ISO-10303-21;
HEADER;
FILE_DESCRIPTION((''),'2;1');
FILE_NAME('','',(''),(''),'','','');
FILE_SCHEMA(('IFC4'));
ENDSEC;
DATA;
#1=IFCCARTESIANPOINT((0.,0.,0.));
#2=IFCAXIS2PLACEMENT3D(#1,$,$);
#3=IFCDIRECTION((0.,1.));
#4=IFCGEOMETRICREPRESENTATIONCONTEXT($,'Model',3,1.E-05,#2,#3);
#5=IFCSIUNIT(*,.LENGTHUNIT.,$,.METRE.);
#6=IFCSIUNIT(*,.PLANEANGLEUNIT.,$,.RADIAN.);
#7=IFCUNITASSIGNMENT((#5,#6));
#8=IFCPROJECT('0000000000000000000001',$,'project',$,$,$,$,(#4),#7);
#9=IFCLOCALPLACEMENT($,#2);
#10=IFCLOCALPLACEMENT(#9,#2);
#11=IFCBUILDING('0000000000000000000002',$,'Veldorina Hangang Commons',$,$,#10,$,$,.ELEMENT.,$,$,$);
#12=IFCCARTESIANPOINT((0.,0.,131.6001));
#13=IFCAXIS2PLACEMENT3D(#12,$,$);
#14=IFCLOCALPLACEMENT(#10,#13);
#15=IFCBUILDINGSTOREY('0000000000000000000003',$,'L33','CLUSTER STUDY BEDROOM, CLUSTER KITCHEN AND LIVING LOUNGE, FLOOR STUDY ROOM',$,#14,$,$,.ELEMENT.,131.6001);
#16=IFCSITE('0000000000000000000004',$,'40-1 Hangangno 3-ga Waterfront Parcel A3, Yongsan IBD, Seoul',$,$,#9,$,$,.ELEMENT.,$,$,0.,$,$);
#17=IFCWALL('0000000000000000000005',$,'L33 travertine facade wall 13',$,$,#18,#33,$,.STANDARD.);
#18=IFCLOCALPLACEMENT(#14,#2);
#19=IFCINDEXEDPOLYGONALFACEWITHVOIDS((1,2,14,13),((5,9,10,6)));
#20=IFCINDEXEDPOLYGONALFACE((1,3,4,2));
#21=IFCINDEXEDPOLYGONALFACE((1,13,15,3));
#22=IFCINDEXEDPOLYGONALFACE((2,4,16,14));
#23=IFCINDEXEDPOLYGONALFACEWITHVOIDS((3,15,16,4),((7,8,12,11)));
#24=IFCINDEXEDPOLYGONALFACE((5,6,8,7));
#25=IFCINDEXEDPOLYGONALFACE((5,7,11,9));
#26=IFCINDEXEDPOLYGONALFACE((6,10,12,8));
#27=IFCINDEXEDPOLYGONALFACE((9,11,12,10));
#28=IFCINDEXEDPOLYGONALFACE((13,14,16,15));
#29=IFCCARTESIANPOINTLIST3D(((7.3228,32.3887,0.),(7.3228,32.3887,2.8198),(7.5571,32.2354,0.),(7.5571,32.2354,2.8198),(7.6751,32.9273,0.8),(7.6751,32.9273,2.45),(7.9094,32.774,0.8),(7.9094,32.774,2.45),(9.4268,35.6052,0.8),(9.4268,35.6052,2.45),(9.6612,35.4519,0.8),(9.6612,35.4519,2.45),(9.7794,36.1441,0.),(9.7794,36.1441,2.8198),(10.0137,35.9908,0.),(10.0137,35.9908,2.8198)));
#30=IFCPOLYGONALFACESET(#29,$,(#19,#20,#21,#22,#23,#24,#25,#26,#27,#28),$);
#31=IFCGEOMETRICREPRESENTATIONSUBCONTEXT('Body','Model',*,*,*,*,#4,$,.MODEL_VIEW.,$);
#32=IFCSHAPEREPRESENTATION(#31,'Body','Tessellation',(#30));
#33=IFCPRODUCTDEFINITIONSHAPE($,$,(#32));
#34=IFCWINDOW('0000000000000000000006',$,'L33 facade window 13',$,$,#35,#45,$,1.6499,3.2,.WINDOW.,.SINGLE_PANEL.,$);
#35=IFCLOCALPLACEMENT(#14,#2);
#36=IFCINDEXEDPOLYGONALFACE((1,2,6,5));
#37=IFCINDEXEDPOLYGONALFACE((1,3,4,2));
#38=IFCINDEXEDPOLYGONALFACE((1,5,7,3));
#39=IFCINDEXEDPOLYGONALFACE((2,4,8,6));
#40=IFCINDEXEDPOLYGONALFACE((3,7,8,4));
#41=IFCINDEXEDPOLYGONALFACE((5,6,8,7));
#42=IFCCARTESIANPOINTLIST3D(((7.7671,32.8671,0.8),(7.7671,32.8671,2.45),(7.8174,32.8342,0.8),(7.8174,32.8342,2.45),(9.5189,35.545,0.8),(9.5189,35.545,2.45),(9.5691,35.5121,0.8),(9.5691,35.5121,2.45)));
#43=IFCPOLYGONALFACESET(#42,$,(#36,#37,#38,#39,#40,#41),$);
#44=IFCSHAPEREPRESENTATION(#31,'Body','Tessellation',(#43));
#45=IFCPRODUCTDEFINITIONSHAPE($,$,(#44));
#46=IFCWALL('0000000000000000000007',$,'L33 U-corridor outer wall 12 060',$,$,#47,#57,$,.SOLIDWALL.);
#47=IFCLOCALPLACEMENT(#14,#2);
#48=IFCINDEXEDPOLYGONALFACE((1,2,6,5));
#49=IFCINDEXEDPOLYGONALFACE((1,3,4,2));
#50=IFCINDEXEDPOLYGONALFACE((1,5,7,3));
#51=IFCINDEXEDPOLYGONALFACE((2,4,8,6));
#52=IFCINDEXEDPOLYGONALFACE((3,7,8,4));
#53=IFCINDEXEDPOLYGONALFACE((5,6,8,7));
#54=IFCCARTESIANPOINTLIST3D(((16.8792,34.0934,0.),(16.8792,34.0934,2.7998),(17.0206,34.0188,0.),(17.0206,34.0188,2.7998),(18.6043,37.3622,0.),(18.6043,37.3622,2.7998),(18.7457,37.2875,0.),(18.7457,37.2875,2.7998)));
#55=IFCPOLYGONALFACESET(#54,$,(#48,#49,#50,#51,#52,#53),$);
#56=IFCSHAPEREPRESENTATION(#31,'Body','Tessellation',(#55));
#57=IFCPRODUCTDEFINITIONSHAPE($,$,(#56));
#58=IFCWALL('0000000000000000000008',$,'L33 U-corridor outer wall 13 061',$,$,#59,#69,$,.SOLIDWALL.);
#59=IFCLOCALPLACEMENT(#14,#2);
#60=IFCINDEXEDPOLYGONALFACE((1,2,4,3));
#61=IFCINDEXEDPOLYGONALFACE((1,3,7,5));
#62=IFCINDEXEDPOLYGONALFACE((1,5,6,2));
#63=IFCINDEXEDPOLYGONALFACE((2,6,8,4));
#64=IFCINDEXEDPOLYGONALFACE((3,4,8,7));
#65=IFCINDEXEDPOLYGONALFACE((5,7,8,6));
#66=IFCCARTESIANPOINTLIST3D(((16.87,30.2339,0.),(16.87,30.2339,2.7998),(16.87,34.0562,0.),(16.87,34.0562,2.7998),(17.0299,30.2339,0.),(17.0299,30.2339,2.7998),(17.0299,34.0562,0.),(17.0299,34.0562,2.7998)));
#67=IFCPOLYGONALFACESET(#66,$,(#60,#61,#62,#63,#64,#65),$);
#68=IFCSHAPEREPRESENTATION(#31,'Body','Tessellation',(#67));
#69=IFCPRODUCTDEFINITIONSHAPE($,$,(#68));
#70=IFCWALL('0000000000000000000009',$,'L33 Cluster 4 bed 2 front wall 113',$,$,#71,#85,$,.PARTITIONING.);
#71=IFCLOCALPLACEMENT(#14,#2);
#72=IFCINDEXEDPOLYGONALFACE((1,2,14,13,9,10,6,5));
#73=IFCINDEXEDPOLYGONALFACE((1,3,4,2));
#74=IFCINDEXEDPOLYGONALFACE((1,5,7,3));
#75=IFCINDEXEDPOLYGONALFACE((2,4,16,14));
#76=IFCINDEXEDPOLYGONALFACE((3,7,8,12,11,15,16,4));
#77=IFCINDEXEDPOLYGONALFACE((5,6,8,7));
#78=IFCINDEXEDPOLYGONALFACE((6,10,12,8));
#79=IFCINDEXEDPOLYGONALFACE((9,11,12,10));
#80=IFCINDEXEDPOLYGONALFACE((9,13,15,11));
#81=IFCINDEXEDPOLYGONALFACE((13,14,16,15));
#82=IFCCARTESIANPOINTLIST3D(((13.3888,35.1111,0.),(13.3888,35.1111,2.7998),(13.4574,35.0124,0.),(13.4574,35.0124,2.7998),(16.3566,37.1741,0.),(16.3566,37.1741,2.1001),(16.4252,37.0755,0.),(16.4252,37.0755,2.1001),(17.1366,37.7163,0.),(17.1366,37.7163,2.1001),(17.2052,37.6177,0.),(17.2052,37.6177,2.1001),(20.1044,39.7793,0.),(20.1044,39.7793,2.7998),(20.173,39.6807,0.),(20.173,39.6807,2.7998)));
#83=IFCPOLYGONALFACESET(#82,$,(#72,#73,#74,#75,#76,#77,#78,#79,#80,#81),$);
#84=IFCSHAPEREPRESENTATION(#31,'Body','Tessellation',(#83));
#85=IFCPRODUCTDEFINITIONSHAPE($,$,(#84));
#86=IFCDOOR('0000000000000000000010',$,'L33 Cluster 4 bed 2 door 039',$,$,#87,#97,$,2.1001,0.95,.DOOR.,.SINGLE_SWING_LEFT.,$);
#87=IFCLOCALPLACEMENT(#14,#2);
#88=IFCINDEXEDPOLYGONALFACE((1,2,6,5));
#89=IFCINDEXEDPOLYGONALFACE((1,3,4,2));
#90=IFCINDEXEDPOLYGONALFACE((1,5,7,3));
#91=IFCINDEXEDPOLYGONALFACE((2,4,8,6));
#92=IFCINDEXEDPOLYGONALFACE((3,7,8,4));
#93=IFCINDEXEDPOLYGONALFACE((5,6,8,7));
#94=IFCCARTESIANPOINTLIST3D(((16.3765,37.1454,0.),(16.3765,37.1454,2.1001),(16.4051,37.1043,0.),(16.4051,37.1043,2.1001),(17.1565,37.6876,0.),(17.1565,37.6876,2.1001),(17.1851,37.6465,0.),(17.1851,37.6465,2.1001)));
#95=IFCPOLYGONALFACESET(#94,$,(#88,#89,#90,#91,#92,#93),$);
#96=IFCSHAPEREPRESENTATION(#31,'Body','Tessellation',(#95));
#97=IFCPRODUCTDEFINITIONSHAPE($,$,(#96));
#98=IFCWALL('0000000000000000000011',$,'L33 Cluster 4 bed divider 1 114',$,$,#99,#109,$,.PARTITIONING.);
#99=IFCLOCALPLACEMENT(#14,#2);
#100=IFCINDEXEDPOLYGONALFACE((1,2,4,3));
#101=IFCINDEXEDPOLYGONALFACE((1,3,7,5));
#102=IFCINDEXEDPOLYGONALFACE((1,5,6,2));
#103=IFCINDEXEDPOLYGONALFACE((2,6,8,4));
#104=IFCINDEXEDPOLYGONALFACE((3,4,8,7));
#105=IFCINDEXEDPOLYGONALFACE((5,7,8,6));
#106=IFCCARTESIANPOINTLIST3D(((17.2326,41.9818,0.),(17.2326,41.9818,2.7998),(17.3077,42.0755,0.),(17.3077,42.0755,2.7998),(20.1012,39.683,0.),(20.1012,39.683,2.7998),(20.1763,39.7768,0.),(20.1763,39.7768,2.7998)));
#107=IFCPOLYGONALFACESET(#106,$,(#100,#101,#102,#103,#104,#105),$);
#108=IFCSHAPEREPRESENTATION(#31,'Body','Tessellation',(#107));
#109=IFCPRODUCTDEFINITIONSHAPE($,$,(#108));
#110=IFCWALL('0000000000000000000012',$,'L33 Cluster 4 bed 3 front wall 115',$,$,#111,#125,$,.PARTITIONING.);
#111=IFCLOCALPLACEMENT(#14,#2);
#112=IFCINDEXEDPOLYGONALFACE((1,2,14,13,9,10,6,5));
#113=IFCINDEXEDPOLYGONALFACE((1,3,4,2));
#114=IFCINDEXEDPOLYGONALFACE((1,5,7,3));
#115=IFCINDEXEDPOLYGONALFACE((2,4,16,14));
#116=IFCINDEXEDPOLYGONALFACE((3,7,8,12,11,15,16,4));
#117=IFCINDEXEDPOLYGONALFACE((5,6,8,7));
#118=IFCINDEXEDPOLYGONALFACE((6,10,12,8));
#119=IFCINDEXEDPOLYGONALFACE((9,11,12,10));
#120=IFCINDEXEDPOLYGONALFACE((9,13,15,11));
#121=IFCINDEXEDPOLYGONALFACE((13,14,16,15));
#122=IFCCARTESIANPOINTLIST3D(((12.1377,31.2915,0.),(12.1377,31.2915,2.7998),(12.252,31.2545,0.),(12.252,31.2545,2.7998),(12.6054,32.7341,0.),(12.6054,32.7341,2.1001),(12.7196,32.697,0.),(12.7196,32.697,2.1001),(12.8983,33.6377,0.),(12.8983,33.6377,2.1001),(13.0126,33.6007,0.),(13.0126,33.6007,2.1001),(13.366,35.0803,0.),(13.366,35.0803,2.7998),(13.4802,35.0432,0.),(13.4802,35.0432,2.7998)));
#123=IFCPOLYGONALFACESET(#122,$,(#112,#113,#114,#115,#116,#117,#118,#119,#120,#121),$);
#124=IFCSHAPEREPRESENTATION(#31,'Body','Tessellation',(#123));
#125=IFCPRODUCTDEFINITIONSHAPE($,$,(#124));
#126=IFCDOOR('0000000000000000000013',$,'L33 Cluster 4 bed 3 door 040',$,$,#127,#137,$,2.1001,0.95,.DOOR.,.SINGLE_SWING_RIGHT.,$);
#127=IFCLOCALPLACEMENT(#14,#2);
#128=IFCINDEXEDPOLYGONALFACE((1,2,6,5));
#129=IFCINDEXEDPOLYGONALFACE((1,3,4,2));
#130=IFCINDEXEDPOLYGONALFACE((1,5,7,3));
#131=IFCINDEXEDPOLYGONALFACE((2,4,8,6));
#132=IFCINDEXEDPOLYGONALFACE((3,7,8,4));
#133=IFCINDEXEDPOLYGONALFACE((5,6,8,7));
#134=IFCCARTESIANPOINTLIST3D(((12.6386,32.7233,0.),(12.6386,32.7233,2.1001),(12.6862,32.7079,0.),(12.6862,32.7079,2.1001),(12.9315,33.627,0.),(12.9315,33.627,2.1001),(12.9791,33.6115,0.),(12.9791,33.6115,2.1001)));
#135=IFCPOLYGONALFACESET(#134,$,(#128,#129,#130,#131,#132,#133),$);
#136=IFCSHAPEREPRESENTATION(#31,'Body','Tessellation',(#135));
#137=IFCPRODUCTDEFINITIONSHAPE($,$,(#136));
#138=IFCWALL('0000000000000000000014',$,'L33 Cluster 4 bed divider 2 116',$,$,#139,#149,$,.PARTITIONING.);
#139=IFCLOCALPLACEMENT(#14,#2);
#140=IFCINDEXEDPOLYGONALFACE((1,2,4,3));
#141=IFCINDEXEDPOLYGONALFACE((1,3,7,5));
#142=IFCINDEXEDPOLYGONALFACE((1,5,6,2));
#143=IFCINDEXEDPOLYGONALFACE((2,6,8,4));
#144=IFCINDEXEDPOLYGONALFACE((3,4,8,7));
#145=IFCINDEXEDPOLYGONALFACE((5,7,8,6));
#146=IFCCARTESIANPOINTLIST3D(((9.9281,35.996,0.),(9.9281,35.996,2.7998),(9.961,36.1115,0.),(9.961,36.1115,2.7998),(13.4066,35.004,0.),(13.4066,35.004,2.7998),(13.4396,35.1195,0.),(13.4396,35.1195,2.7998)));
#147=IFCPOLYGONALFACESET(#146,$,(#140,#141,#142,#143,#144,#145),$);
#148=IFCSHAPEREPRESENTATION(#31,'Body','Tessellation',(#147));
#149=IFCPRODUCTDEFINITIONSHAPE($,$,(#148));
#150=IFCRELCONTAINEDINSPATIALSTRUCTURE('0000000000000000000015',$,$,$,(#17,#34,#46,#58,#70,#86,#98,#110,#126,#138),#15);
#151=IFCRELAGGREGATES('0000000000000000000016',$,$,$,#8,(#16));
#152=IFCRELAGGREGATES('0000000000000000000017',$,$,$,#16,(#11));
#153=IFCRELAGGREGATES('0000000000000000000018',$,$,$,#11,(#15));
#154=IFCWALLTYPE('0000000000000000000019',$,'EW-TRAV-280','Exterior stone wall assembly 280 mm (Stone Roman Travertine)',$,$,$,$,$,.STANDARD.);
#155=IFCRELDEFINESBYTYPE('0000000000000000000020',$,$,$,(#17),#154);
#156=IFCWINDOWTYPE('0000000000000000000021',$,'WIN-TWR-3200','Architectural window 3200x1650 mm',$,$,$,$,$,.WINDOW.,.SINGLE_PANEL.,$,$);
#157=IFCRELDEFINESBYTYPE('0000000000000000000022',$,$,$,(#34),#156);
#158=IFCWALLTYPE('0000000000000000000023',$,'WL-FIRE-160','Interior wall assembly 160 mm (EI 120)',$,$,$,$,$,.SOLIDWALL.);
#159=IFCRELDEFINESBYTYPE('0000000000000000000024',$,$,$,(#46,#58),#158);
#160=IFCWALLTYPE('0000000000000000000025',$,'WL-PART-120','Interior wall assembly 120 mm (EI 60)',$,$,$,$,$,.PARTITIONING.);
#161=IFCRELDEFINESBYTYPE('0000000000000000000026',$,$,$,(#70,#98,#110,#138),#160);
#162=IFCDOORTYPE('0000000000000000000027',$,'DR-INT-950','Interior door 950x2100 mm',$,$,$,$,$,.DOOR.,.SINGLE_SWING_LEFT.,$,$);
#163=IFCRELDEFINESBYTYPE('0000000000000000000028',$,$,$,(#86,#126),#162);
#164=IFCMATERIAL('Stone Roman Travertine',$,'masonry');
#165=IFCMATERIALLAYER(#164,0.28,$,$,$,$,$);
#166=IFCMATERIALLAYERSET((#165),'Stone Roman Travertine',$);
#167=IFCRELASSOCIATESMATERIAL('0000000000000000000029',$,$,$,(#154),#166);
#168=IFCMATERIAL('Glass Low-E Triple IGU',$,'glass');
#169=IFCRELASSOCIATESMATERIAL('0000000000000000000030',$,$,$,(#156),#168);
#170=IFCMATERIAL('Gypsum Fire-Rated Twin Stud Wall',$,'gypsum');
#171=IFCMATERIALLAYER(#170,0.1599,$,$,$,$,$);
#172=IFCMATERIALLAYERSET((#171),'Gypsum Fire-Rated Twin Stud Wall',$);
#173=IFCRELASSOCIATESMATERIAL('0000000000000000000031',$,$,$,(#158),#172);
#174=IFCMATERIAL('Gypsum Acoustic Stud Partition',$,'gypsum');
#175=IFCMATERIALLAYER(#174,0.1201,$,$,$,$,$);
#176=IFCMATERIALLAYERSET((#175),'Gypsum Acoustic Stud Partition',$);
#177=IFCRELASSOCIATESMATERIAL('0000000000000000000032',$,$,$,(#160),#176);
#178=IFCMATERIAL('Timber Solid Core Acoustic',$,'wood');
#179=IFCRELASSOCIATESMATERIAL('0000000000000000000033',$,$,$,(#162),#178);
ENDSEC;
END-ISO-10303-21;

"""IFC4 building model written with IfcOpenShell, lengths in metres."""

from ifc_helpers import new_model, si_unit, direction, frame, frame_2d, origin, place, context, subcontext, project, spatial, rectangle, extrude, material, layer, layer_set, type_object, element, fill, save


model = new_model("IFC4")

# Units and contexts
model_context = context("Model", 3, precision=1e-05, world=origin(), true_north=direction((0.0, 1.0)))
body_context = subcontext(model_context, "Body", "Model", "MODEL_VIEW")
ifc_project = project(units=[si_unit("LENGTHUNIT", "METRE"), si_unit("PLANEANGLEUNIT", "RADIAN")], contexts=[model_context])

# Site, building, storey
site_placement = place(None, origin())
site = spatial("IfcSite", under=ifc_project, at=site_placement, Name="40-1 Hangangno 3-ga Waterfront Parcel A3, Yongsan IBD, Seoul", CompositionType="ELEMENT", RefElevation=0.0)
building_placement = place(site_placement, origin())
building = spatial("IfcBuilding", under=site, at=building_placement, Name="Veldorina Hangang Commons", CompositionType="ELEMENT")
storey_placement = place(building_placement, frame((0.0, 0.0, 131.6001)))
storey = spatial("IfcBuildingStorey", under=building, at=storey_placement, Name="L33", Description="CLUSTER STUDY BEDROOM, CLUSTER KITCHEN AND LIVING LOUNGE, FLOOR STUDY ROOM", CompositionType="ELEMENT", Elevation=131.6001)

# Shared definitions
ifc_material_1 = material(Name="Stone Roman Travertine", Category="masonry")
ifc_layer_1 = layer(ifc_material_1, 0.28)
ifc_layer_set_1 = layer_set([ifc_layer_1], Name="Stone Roman Travertine")
wall_type_1 = type_object("IfcWallType", Name="EW-TRAV-280", Description="Exterior stone wall assembly 280 mm (Stone Roman Travertine)", PredefinedType="STANDARD", material=ifc_layer_set_1)

# Wall, opening, window
ifc_material_2 = material(Name="Glass Low-E Triple IGU", Category="glass")
window_type = type_object("IfcWindowType", Name="WIN-TWR-3200", Description="Architectural window 3200x1650 mm", PartitioningType="SINGLE_PANEL", PredefinedType="WINDOW", material=ifc_material_2)
wall_1_placement = place(storey_placement, frame((9.8965, 36.0674, 0.0), z_axis=(0.0, 0.0, 1.0), x_axis=(-0.547422, -0.836857, 0.0)))
wall_1 = element("IfcWall", 1, at=wall_1_placement, inside=storey, type_object=wall_type_1, Name="L33 travertine facade wall 13", PredefinedType="STANDARD", context=body_context, shape_type="SweptSolid", body=[
    extrude(rectangle(XDim=4.4875, YDim=0.28, at=frame_2d((2.2437, 0.0))), origin(), (0.0, 0.0, 1.0), 2.8198),
])
opening_1_placement = place(wall_1_placement, frame((0.6438, 0.0, 0.8)))
opening_1 = element("IfcOpeningElement", 2, at=opening_1_placement, cuts=wall_1, PredefinedType="OPENING", context=body_context, shape_type="SweptSolid", body=[
    extrude(rectangle(XDim=3.2, YDim=1.6499, at=frame_2d((1.6001, 0.825))), frame((0.0, 0.1499, 0.0), z_axis=(0.0, -1.0, 0.0), x_axis=(1.0, 0.0, 0.0)), (0.0, 0.0, 1.0), 0.3),
])
window_1_placement = place(opening_1_placement, origin())
window_1 = element("IfcWindow", 3, at=window_1_placement, inside=storey, type_object=window_type, Name="L33 facade window 13", OverallHeight=1.6499, OverallWidth=3.2, PartitioningType="SINGLE_PANEL", PredefinedType="WINDOW", context=body_context, shape_type="SweptSolid", body=[
    extrude(rectangle(XDim=3.2, YDim=1.6499, at=frame_2d((1.6001, 0.825))), frame((0.0, 0.03, 0.0), z_axis=(0.0, -1.0, 0.0), x_axis=(1.0, 0.0, 0.0)), (0.0, 0.0, 1.0), 0.0601),
])
fill(opening_1, window_1)

# Walls
ifc_material_3 = material(Name="Gypsum Fire-Rated Twin Stud Wall", Category="gypsum")
ifc_layer_2 = layer(ifc_material_3, 0.1599)
ifc_layer_set_2 = layer_set([ifc_layer_2], Name="Gypsum Fire-Rated Twin Stud Wall")
wall_type_2 = type_object("IfcWallType", Name="WL-FIRE-160", Description="Interior wall assembly 160 mm (EI 120)", PredefinedType="SOLIDWALL", material=ifc_layer_set_2)
wall_2_placement = place(storey_placement, frame((18.675, 37.325, 0.0), z_axis=(0.0, 0.0, 1.0), x_axis=(-0.466737, -0.884396, 0.0)))
element("IfcWall", 4, at=wall_2_placement, inside=storey, type_object=wall_type_2, Name="L33 U-corridor outer wall 12 060", PredefinedType="SOLIDWALL", context=body_context, shape_type="SweptSolid", body=[
    extrude(rectangle(XDim=3.696, YDim=0.1599, at=frame_2d((1.8481, 0.0))), origin(), (0.0, 0.0, 1.0), 2.7998),
])
wall_3_placement = place(storey_placement, frame((16.95, 34.0562, 0.0), z_axis=(0.0, 0.0, 1.0), x_axis=(0.0, -1.0, 0.0)))
element("IfcWall", 5, at=wall_3_placement, inside=storey, type_object=wall_type_2, Name="L33 U-corridor outer wall 13 061", PredefinedType="SOLIDWALL", context=body_context, shape_type="SweptSolid", body=[
    extrude(rectangle(XDim=3.8223, YDim=0.1599, at=frame_2d((1.9111, 0.0))), origin(), (0.0, 0.0, 1.0), 2.7998),
])

# Wall, opening, door
ifc_material_4 = material(Name="Gypsum Acoustic Stud Partition", Category="gypsum")
ifc_layer_3 = layer(ifc_material_4, 0.1201)
ifc_layer_set_3 = layer_set([ifc_layer_3], Name="Gypsum Acoustic Stud Partition")
wall_type_3 = type_object("IfcWallType", Name="WL-PART-120", Description="Interior wall assembly 120 mm (EI 60)", PredefinedType="PARTITIONING", material=ifc_layer_set_3)
wall_4_placement = place(storey_placement, frame((20.1387, 39.73, 0.0), z_axis=(0.0, 0.0, 1.0), x_axis=(-0.821105, -0.570777, 0.0)))
wall_4 = element("IfcWall", 6, at=wall_4_placement, inside=storey, type_object=wall_type_3, Name="L33 Cluster 4 bed 2 front wall 113", PredefinedType="PARTITIONING", context=body_context, shape_type="SweptSolid", body=[
    extrude(rectangle(XDim=8.1787, YDim=0.1201, at=frame_2d((4.0894, 0.0))), origin(), (0.0, 0.0, 1.0), 2.7998),
])
opening_2_placement = place(wall_4_placement, frame((3.6143, 0.0, 0.0)))
opening_2 = element("IfcOpeningElement", 7, at=opening_2_placement, cuts=wall_4, PredefinedType="OPENING", context=body_context, shape_type="SweptSolid", body=[
    extrude(rectangle(XDim=0.95, YDim=2.1001, at=frame_2d((0.4751, 1.05))), frame((0.0, 0.0701, 0.0), z_axis=(0.0, -1.0, 0.0), x_axis=(1.0, 0.0, 0.0)), (0.0, 0.0, 1.0), 0.1401),
])
ifc_material_5 = material(Name="Timber Solid Core Acoustic", Category="wood")
door_type = type_object("IfcDoorType", Name="DR-INT-950", Description="Interior door 950x2100 mm", OperationType="SINGLE_SWING_LEFT", PredefinedType="DOOR", material=ifc_material_5)
door_1_placement = place(opening_2_placement, origin())
door_1 = element("IfcDoor", 8, at=door_1_placement, inside=storey, type_object=door_type, Name="L33 Cluster 4 bed 2 door 039", OperationType="SINGLE_SWING_LEFT", OverallHeight=2.1001, OverallWidth=0.95, PredefinedType="DOOR", context=body_context, shape_type="SweptSolid", body=[
    extrude(rectangle(XDim=0.95, YDim=2.1001, at=frame_2d((0.4751, 1.05))), frame((0.0, 0.0249, 0.0), z_axis=(0.0, -1.0, 0.0), x_axis=(1.0, 0.0, 0.0)), (0.0, 0.0, 1.0), 0.05),
])
fill(opening_2, door_1)

# Wall
wall_5_placement = place(storey_placement, frame((20.1387, 39.73, 0.0), z_axis=(0.0, 0.0, 1.0), x_axis=(-0.78035, 0.625343, 0.0)))
element("IfcWall", 9, at=wall_5_placement, inside=storey, type_object=wall_type_3, Name="L33 Cluster 4 bed divider 1 114", PredefinedType="PARTITIONING", context=body_context, shape_type="SweptSolid", body=[
    extrude(rectangle(XDim=3.676, YDim=0.1201, at=frame_2d((1.8379, 0.0))), origin(), (0.0, 0.0, 1.0), 2.7998),
])

# Wall, opening, door
wall_6_placement = place(storey_placement, frame((13.4231, 35.0618, 0.0), z_axis=(0.0, 0.0, 1.0), x_axis=(-0.308383, -0.951262, 0.0)))
wall_6 = element("IfcWall", 10, at=wall_6_placement, inside=storey, type_object=wall_type_3, Name="L33 Cluster 4 bed 3 front wall 115", PredefinedType="PARTITIONING", context=body_context, shape_type="SweptSolid", body=[
    extrude(rectangle(XDim=3.9829, YDim=0.1201, at=frame_2d((1.9915, 0.0))), origin(), (0.0, 0.0, 1.0), 2.7998),
])
opening_3_placement = place(wall_6_placement, frame((1.5164, 0.0, 0.0)))
opening_3 = element("IfcOpeningElement", 11, at=opening_3_placement, cuts=wall_6, PredefinedType="OPENING", context=body_context, shape_type="SweptSolid", body=[
    extrude(rectangle(XDim=0.95, YDim=2.1001, at=frame_2d((0.4751, 1.05))), frame((0.0, 0.0701, 0.0), z_axis=(0.0, -1.0, 0.0), x_axis=(1.0, 0.0, 0.0)), (0.0, 0.0, 1.0), 0.1401),
])
door_2_placement = place(opening_3_placement, origin())
door_2 = element("IfcDoor", 12, at=door_2_placement, inside=storey, type_object=door_type, Name="L33 Cluster 4 bed 3 door 040", OperationType="SINGLE_SWING_RIGHT", OverallHeight=2.1001, OverallWidth=0.95, PredefinedType="DOOR", context=body_context, shape_type="SweptSolid", body=[
    extrude(rectangle(XDim=0.95, YDim=2.1001, at=frame_2d((0.4751, 1.05))), frame((0.0, 0.0249, 0.0), z_axis=(0.0, -1.0, 0.0), x_axis=(1.0, 0.0, 0.0)), (0.0, 0.0, 1.0), 0.05),
])
fill(opening_3, door_2)

# Wall
wall_7_placement = place(storey_placement, frame((13.4231, 35.0618, 0.0), z_axis=(0.0, 0.0, 1.0), x_axis=(-0.961664, 0.274231, 0.0)))
element("IfcWall", 13, at=wall_7_placement, inside=storey, type_object=wall_type_3, Name="L33 Cluster 4 bed divider 2 116", PredefinedType="PARTITIONING", context=body_context, shape_type="SweptSolid", body=[
    extrude(rectangle(XDim=3.6172, YDim=0.1201, at=frame_2d((1.8086, 0.0))), origin(), (0.0, 0.0, 1.0), 2.7998),
])

save(model, "model.ifc")
